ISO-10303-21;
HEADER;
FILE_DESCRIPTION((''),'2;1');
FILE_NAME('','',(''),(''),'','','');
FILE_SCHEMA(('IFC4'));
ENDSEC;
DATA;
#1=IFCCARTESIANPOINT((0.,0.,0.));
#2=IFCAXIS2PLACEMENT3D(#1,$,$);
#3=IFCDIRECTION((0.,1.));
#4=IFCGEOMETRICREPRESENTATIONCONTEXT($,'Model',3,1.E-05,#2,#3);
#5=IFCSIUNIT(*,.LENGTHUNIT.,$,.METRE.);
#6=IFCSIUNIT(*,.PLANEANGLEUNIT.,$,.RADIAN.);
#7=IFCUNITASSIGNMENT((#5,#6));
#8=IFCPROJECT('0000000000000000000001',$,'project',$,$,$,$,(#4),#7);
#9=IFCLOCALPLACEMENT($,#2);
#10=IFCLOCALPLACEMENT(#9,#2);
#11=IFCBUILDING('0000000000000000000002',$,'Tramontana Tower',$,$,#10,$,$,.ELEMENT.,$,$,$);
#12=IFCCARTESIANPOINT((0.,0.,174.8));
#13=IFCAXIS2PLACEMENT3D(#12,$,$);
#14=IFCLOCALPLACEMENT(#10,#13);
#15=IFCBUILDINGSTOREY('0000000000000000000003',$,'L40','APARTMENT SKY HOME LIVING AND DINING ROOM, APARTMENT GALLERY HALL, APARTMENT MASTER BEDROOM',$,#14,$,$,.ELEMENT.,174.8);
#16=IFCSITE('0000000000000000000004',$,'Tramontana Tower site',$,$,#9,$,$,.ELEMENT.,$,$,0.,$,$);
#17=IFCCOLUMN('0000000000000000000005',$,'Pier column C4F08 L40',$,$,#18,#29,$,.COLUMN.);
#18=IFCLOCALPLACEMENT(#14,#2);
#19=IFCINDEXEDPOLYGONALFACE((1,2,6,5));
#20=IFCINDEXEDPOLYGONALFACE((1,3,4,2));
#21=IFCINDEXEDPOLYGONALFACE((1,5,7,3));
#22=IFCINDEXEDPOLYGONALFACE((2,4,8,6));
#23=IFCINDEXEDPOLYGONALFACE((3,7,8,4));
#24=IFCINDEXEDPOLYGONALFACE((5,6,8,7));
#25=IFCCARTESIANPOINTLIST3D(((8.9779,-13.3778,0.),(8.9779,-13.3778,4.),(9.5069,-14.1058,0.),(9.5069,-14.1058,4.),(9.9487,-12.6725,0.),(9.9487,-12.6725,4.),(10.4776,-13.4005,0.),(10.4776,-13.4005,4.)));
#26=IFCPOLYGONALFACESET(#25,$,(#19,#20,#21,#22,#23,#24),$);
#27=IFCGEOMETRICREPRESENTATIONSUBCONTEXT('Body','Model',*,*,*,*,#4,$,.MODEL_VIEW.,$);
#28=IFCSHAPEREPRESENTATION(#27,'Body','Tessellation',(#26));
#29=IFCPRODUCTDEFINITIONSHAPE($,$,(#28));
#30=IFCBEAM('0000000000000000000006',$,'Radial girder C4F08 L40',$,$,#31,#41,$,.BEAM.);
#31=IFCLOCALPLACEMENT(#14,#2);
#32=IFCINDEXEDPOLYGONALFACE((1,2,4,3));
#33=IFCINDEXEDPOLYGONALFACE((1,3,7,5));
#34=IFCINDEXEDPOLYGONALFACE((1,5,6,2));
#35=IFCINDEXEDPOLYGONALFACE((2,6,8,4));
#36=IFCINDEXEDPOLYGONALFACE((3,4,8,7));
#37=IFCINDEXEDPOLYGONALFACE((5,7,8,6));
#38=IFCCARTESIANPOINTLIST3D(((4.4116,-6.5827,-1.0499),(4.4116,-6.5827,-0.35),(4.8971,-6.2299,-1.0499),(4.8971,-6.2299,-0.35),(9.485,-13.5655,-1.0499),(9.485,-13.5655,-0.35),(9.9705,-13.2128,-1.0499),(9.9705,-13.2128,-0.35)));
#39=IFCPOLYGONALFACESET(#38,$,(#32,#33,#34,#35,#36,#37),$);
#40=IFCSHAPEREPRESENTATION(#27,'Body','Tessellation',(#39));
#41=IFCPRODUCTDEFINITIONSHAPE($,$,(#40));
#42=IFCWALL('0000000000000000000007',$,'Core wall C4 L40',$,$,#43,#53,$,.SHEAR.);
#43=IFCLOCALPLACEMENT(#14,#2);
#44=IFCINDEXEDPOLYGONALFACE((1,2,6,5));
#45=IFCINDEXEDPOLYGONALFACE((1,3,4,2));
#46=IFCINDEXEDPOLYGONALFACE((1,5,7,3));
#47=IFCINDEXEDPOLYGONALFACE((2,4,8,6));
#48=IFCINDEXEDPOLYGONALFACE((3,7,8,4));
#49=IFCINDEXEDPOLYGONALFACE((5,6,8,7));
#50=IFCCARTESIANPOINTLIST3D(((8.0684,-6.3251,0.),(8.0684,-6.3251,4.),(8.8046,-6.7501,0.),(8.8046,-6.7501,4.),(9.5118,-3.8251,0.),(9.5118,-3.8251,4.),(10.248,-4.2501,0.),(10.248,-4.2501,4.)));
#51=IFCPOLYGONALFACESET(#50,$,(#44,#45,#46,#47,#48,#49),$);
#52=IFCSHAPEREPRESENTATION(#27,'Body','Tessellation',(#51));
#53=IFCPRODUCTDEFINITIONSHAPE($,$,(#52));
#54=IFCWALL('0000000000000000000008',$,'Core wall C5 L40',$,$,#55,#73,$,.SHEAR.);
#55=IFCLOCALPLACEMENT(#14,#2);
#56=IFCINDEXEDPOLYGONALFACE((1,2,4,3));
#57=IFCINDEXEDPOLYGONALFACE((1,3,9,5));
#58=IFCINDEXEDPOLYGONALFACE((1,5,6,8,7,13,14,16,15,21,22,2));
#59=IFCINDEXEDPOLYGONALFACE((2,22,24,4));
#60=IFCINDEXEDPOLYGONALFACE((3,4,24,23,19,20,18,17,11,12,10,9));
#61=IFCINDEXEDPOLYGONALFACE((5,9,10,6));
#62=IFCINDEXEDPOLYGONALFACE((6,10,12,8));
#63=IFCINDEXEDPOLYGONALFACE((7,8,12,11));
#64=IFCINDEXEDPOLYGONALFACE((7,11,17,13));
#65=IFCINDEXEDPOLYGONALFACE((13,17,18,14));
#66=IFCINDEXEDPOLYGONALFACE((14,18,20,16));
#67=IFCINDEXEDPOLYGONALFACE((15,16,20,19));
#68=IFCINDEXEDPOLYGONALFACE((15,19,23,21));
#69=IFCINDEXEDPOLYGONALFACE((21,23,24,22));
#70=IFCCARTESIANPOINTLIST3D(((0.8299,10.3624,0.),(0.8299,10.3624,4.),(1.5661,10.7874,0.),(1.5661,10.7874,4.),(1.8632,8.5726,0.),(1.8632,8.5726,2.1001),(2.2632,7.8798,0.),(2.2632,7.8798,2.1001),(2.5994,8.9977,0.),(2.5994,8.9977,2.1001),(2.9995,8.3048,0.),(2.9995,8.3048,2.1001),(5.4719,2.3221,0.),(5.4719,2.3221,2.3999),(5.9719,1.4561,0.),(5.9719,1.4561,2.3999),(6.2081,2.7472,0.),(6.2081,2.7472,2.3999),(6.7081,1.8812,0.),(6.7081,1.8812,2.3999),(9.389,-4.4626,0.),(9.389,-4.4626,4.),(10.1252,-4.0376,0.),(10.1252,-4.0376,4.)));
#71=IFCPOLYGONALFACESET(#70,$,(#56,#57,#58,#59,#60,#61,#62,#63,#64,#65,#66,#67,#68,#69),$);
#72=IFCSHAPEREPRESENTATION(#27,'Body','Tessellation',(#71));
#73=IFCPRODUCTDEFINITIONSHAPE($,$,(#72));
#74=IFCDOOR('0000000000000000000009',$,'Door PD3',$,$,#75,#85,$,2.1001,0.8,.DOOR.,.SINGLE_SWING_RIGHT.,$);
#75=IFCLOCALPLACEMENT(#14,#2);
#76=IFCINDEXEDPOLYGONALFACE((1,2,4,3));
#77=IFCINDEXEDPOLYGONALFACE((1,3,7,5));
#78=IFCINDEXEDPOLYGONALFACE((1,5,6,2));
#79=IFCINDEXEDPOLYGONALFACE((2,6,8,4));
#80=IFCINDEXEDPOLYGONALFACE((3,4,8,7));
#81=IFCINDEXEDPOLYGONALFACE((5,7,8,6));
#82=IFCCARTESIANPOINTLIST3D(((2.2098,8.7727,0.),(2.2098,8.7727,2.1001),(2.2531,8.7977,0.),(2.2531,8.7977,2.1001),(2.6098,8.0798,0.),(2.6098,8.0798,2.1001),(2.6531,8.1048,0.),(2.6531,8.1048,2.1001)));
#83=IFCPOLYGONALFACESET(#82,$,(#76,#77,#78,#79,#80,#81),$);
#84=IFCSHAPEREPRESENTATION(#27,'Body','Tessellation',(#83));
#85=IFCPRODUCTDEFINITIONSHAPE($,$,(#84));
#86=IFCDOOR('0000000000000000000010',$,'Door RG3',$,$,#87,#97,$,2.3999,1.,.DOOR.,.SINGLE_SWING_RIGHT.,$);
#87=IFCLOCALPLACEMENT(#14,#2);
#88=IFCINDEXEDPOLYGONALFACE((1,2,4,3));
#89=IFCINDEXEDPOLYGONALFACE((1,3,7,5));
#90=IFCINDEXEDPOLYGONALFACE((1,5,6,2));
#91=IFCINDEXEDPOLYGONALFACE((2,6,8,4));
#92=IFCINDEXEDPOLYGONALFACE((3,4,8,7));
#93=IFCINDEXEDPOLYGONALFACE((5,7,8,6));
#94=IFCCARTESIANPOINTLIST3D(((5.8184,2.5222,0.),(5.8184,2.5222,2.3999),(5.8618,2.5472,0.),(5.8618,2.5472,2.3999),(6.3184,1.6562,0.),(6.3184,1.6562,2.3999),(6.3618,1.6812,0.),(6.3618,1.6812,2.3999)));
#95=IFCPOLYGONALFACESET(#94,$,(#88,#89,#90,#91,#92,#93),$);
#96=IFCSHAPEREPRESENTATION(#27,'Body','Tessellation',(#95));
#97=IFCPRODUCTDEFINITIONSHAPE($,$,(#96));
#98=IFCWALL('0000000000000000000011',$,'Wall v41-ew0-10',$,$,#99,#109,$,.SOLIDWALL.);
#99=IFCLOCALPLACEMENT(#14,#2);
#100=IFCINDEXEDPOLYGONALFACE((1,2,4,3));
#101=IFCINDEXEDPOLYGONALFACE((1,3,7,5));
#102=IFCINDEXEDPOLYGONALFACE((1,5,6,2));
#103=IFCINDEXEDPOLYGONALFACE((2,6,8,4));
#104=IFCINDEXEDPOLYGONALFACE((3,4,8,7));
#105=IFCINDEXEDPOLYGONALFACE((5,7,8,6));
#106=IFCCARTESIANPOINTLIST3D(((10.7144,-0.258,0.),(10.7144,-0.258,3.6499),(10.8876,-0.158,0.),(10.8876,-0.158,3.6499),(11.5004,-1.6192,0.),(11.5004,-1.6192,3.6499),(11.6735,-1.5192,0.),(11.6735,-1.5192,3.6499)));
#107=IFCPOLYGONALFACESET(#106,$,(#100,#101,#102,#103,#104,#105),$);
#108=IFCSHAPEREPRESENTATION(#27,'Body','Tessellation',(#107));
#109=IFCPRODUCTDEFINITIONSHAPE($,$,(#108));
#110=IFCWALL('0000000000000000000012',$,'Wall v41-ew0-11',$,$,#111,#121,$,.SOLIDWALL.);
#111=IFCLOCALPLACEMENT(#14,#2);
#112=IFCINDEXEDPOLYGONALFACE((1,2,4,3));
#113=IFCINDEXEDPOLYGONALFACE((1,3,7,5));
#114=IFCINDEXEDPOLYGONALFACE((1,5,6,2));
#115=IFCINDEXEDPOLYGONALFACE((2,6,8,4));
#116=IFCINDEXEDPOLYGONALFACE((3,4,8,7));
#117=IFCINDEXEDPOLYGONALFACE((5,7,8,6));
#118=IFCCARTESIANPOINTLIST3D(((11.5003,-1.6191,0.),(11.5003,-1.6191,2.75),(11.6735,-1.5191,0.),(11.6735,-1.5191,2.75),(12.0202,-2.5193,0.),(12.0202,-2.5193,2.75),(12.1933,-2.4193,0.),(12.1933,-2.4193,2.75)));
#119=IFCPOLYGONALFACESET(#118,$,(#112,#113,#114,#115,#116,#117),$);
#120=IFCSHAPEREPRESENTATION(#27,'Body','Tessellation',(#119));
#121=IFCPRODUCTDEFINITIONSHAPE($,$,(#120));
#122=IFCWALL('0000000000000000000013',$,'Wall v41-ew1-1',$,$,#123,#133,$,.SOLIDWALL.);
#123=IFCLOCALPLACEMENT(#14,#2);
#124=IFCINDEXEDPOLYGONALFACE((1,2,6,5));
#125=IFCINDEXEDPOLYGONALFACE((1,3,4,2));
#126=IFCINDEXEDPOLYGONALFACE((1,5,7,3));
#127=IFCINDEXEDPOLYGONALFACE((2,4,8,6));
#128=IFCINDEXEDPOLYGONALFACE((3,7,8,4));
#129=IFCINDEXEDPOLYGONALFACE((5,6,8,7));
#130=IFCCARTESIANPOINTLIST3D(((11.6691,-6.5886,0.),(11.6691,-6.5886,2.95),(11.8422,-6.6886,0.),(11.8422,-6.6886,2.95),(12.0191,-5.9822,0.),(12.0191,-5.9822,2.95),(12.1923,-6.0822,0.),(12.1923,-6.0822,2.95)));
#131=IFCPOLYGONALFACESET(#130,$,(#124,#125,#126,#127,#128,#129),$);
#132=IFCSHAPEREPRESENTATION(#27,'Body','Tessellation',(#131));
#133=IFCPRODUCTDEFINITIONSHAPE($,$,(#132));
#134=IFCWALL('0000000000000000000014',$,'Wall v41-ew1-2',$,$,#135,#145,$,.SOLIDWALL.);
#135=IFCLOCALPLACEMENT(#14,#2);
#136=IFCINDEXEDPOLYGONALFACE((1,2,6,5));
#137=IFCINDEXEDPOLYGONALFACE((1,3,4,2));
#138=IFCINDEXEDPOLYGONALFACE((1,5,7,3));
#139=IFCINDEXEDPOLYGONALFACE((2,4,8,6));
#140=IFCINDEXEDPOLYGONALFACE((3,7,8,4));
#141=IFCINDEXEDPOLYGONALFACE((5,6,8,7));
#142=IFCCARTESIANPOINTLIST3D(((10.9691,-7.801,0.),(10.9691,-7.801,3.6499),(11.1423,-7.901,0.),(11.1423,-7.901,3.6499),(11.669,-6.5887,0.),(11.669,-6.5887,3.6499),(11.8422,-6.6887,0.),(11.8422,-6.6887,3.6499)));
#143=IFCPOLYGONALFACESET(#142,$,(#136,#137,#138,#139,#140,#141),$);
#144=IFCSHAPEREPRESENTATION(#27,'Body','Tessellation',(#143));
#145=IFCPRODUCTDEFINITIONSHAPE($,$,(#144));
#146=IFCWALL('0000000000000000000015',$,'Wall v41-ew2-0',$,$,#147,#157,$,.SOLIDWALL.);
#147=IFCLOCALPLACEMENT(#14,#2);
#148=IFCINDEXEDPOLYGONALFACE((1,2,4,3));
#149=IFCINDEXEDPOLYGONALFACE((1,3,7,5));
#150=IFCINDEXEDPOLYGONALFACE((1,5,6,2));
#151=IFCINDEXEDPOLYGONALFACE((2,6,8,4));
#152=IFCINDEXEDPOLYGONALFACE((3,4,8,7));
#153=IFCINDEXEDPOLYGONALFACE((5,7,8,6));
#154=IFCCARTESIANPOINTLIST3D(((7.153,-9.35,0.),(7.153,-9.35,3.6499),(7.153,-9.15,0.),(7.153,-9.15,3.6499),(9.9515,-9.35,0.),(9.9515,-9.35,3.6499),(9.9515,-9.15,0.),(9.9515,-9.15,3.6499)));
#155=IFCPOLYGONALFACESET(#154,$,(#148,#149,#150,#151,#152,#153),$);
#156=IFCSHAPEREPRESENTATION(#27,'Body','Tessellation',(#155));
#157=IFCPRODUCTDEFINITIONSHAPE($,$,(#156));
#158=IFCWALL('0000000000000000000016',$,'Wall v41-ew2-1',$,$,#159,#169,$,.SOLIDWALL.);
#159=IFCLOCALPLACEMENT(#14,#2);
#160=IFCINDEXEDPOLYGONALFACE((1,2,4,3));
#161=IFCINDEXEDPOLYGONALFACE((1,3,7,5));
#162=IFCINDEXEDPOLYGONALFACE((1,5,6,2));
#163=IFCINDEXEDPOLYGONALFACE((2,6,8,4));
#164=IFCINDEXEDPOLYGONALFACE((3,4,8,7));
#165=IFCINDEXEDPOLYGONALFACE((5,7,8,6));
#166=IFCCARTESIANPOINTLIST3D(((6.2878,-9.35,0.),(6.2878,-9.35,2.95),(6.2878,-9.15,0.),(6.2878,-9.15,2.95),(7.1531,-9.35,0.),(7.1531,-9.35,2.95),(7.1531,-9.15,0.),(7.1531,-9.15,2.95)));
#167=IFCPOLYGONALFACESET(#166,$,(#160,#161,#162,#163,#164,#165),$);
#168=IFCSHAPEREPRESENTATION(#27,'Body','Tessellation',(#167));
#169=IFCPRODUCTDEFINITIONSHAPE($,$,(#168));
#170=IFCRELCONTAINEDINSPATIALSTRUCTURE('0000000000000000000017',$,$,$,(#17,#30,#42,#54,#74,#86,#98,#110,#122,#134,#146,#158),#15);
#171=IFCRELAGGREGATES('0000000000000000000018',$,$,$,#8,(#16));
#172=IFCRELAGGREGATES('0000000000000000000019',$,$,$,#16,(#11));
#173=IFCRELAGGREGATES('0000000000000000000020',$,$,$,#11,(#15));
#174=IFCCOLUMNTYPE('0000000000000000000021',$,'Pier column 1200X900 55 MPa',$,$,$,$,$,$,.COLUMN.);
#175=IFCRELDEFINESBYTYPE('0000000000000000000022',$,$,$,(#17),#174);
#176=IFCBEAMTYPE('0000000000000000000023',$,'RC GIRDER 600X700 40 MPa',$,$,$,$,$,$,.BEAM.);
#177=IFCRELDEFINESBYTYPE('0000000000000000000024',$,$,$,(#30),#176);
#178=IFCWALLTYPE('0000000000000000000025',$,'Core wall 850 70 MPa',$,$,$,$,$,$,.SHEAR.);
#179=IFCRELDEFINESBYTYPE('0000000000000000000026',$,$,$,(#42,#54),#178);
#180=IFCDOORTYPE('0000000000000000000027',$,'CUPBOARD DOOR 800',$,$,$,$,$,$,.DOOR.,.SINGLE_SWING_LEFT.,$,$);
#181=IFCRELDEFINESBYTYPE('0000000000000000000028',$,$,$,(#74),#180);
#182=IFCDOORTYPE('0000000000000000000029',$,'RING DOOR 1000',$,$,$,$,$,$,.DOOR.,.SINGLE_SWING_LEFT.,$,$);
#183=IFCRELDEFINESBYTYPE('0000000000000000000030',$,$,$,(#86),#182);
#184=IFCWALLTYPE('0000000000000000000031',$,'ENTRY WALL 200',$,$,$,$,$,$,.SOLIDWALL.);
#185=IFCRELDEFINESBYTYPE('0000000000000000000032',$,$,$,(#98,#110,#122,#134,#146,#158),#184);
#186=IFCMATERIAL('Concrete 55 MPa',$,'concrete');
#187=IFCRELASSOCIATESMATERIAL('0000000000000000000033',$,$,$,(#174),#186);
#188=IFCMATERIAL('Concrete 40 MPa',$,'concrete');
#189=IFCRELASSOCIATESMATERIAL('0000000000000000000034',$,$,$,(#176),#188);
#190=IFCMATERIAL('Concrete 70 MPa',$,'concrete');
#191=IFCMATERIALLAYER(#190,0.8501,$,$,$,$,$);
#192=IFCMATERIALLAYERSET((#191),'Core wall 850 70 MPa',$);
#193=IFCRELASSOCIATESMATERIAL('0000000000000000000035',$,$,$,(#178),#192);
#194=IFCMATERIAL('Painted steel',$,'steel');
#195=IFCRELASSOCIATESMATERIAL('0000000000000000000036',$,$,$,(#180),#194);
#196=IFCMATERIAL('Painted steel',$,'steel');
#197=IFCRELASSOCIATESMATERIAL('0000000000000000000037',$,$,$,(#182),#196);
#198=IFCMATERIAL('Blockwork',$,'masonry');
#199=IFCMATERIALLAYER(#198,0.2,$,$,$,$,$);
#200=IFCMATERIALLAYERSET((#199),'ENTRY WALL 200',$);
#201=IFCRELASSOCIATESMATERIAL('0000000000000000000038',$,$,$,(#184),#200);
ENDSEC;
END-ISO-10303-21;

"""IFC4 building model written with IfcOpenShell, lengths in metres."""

from ifc_helpers import new_model, si_unit, direction, frame, frame_2d, origin, origin_2d, place, context, subcontext, project, spatial, rectangle, extrude, material, layer, layer_set, material_profile, profile_set, type_object, element, fill, save


model = new_model("IFC4")

# Units and contexts
model_context = context("Model", 3, precision=1e-05, world=origin(), true_north=direction((0.0, 1.0)))
body_context = subcontext(model_context, "Body", "Model", "MODEL_VIEW")
ifc_project = project(units=[si_unit("LENGTHUNIT", "METRE"), si_unit("PLANEANGLEUNIT", "RADIAN")], contexts=[model_context])

# Site, building, storey
site_placement = place(None, origin())
site = spatial("IfcSite", under=ifc_project, at=site_placement, Name="Tramontana Tower site", CompositionType="ELEMENT", RefElevation=0.0)
building_placement = place(site_placement, origin())
building = spatial("IfcBuilding", under=site, at=building_placement, Name="Tramontana Tower", CompositionType="ELEMENT")
storey_placement = place(building_placement, frame((0.0, 0.0, 174.8)))
storey = spatial("IfcBuildingStorey", under=building, at=storey_placement, Name="L40", Description="APARTMENT SKY HOME LIVING AND DINING ROOM, APARTMENT GALLERY HALL, APARTMENT MASTER BEDROOM", CompositionType="ELEMENT", Elevation=174.8)

# Column
ifc_material_1 = material(Name="Concrete 55 MPa", Category="concrete")
ifc_material_profile_1 = material_profile(ifc_material_1, rectangle(XDim=1.2, YDim=0.8999, at=origin_2d()), Name="Pier column 1200X900 55 MPa")
ifc_profile_set_1 = profile_set([ifc_material_profile_1], Name="Concrete 55 MPa")
column_type = type_object("IfcColumnType", Name="Pier column 1200X900 55 MPa", PredefinedType="COLUMN", material=ifc_profile_set_1)
column_placement = place(storey_placement, frame((9.7278, -13.3892, 0.0), z_axis=(0.0, 0.0, 1.0), x_axis=(0.809017, 0.587785, 0.0)))
element("IfcColumn", 1, at=column_placement, inside=storey, type_object=column_type, Name="Pier column C4F08 L40", PredefinedType="COLUMN", context=body_context, shape_type="SweptSolid", body=[
    extrude(rectangle(XDim=1.2, YDim=0.8999, at=origin_2d()), origin(), (0.0, 0.0, 1.0), 4.0),
])

# Beam
ifc_material_2 = material(Name="Concrete 40 MPa", Category="concrete")
ifc_material_profile_2 = material_profile(ifc_material_2, rectangle(XDim=0.6001, YDim=0.7, at=origin_2d()), Name="RC GIRDER 600X700 40 MPa")
ifc_profile_set_2 = profile_set([ifc_material_profile_2], Name="Concrete 40 MPa")
beam_type = type_object("IfcBeamType", Name="RC GIRDER 600X700 40 MPa", PredefinedType="BEAM", material=ifc_profile_set_2)
beam_placement = place(storey_placement, frame((9.7278, -13.3892, -0.7), z_axis=(-0.587793, 0.809011, 0.0), x_axis=(-0.809011, -0.587793, 0.0)))
element("IfcBeam", 2, at=beam_placement, inside=storey, type_object=beam_type, Name="Radial girder C4F08 L40", PredefinedType="BEAM", context=body_context, shape_type="SweptSolid", body=[
    extrude(rectangle(XDim=0.6001, YDim=0.7, at=origin_2d()), origin(), (0.0, 0.0, 1.0), 8.6313),
])

# Wall
ifc_material_3 = material(Name="Concrete 70 MPa", Category="concrete")
ifc_layer_1 = layer(ifc_material_3, 0.8501)
ifc_layer_set_1 = layer_set([ifc_layer_1], Name="Core wall 850 70 MPa")
wall_type_1 = type_object("IfcWallType", Name="Core wall 850 70 MPa", PredefinedType="SHEAR", material=ifc_layer_set_1)
wall_1_placement = place(storey_placement, frame((8.4365, -6.5376, 0.0), z_axis=(0.0, 0.0, 1.0), x_axis=(0.499996, 0.866028, 0.0)))
element("IfcWall", 3, at=wall_1_placement, inside=storey, type_object=wall_type_1, Name="Core wall C4 L40", PredefinedType="SHEAR", context=body_context, shape_type="SweptSolid", body=[
    extrude(rectangle(XDim=2.8867, YDim=0.8501, at=frame_2d((1.4434, 0.0))), origin(), (0.0, 0.0, 1.0), 4.0),
])

# Wall, openings, doors
wall_2_placement = place(storey_placement, frame((9.7571, -4.25, 0.0), z_axis=(0.0, 0.0, 1.0), x_axis=(-0.499995, 0.866028, 0.0)))
wall_2 = element("IfcWall", 4, at=wall_2_placement, inside=storey, type_object=wall_type_1, Name="Core wall C5 L40", PredefinedType="SHEAR", context=body_context, shape_type="SweptSolid", body=[
    extrude(rectangle(XDim=17.1184, YDim=0.8501, at=frame_2d((8.5591, 0.0))), origin(), (0.0, 0.0, 1.0), 4.0),
])
opening_1_placement = place(wall_2_placement, frame((6.8342, 0.0, 0.0)))
opening_1 = element("IfcOpeningElement", 5, at=opening_1_placement, cuts=wall_2, PredefinedType="OPENING", context=body_context, shape_type="SweptSolid", body=[
    extrude(rectangle(XDim=1.0, YDim=2.3999, at=frame_2d((0.5, 1.2))), frame((0.0, 0.4351, 0.0), z_axis=(0.0, -1.0, 0.0), x_axis=(1.0, 0.0, 0.0)), (0.0, 0.0, 1.0), 0.8701),
])
opening_2_placement = place(wall_2_placement, frame((14.2517, 0.0, 0.0)))
opening_2 = element("IfcOpeningElement", 6, at=opening_2_placement, cuts=wall_2, PredefinedType="OPENING", context=body_context, shape_type="SweptSolid", body=[
    extrude(rectangle(XDim=0.8, YDim=2.1001, at=frame_2d((0.3999, 1.05))), frame((0.0, 0.4351, 0.0), z_axis=(0.0, -1.0, 0.0), x_axis=(1.0, 0.0, 0.0)), (0.0, 0.0, 1.0), 0.8701),
])
ifc_material_4 = material(Name="Painted steel", Category="steel")
door_type_1 = type_object("IfcDoorType", Name="CUPBOARD DOOR 800", OperationType="SINGLE_SWING_LEFT", PredefinedType="DOOR", material=ifc_material_4)
door_1_placement = place(opening_2_placement, origin())
door_1 = element("IfcDoor", 7, at=door_1_placement, inside=storey, type_object=door_type_1, Name="Door PD3", OperationType="SINGLE_SWING_RIGHT", OverallHeight=2.1001, OverallWidth=0.8, PredefinedType="DOOR", context=body_context, shape_type="SweptSolid", body=[
    extrude(rectangle(XDim=0.8, YDim=2.1001, at=frame_2d((0.3999, 1.05))), frame((0.0, 0.0249, 0.0), z_axis=(0.0, -1.0, 0.0), x_axis=(1.0, 0.0, 0.0)), (0.0, 0.0, 1.0), 0.05),
])
fill(opening_2, door_1)
ifc_material_5 = material(Name="Painted steel", Category="steel")
door_type_2 = type_object("IfcDoorType", Name="RING DOOR 1000", OperationType="SINGLE_SWING_LEFT", PredefinedType="DOOR", material=ifc_material_5)
door_2_placement = place(opening_1_placement, origin())
door_2 = element("IfcDoor", 8, at=door_2_placement, inside=storey, type_object=door_type_2, Name="Door RG3", OperationType="SINGLE_SWING_RIGHT", OverallHeight=2.3999, OverallWidth=1.0, PredefinedType="DOOR", context=body_context, shape_type="SweptSolid", body=[
    extrude(rectangle(XDim=1.0, YDim=2.3999, at=frame_2d((0.5, 1.2))), frame((0.0, 0.0249, 0.0), z_axis=(0.0, -1.0, 0.0), x_axis=(1.0, 0.0, 0.0)), (0.0, 0.0, 1.0), 0.05),
])
fill(opening_1, door_2)

# Walls
ifc_material_6 = material(Name="Blockwork", Category="masonry")
ifc_layer_2 = layer(ifc_material_6, 0.2)
ifc_layer_set_2 = layer_set([ifc_layer_2], Name="ENTRY WALL 200")
wall_type_2 = type_object("IfcWallType", Name="ENTRY WALL 200", PredefinedType="SOLIDWALL", material=ifc_layer_set_2)
wall_3_placement = place(storey_placement, frame((10.801, -0.208, 0.0), z_axis=(0.0, 0.0, 1.0), x_axis=(0.500032, -0.866007, 0.0)))
element("IfcWall", 9, at=wall_3_placement, inside=storey, type_object=wall_type_2, Name="Wall v41-ew0-10", PredefinedType="SOLIDWALL", context=body_context, shape_type="SweptSolid", body=[
    extrude(rectangle(XDim=1.5718, YDim=0.2, at=frame_2d((0.7859, 0.0))), origin(), (0.0, 0.0, 1.0), 3.6499),
])
wall_4_placement = place(storey_placement, frame((11.5869, -1.5691, 0.0), z_axis=(0.0, 0.0, 1.0), x_axis=(0.500055, -0.865994, 0.0)))
element("IfcWall", 10, at=wall_4_placement, inside=storey, type_object=wall_type_2, Name="Wall v41-ew0-11", PredefinedType="SOLIDWALL", context=body_context, shape_type="SweptSolid", body=[
    extrude(rectangle(XDim=1.0396, YDim=0.2, at=frame_2d((0.5198, 0.0))), origin(), (0.0, 0.0, 1.0), 2.75),
])
wall_5_placement = place(storey_placement, frame((12.1057, -6.0322, 0.0), z_axis=(0.0, 0.0, 1.0), x_axis=(-0.499964, -0.866046, 0.0)))
element("IfcWall", 11, at=wall_5_placement, inside=storey, type_object=wall_type_2, Name="Wall v41-ew1-1", PredefinedType="SOLIDWALL", context=body_context, shape_type="SweptSolid", body=[
    extrude(rectangle(XDim=0.7002, YDim=0.2, at=frame_2d((0.3501, 0.0))), origin(), (0.0, 0.0, 1.0), 2.95),
])
wall_6_placement = place(storey_placement, frame((11.7556, -6.6387, 0.0), z_axis=(0.0, 0.0, 1.0), x_axis=(-0.499984, -0.866035, 0.0)))
element("IfcWall", 12, at=wall_6_placement, inside=storey, type_object=wall_type_2, Name="Wall v41-ew1-2", PredefinedType="SOLIDWALL", context=body_context, shape_type="SweptSolid", body=[
    extrude(rectangle(XDim=1.3999, YDim=0.2, at=frame_2d((0.7, 0.0))), origin(), (0.0, 0.0, 1.0), 3.6499),
])
wall_7_placement = place(storey_placement, frame((9.9517, -9.25, 0.0), z_axis=(0.0, 0.0, 1.0), x_axis=(-1.0, 0.0, 0.0)))
element("IfcWall", 13, at=wall_7_placement, inside=storey, type_object=wall_type_2, Name="Wall v41-ew2-0", PredefinedType="SOLIDWALL", context=body_context, shape_type="SweptSolid", body=[
    extrude(rectangle(XDim=2.7986, YDim=0.2, at=frame_2d((1.3994, 0.0))), origin(), (0.0, 0.0, 1.0), 3.6499),
])
wall_8_placement = place(storey_placement, frame((7.1531, -9.25, 0.0), z_axis=(0.0, 0.0, 1.0), x_axis=(-1.0, 0.0, 0.0)))
element("IfcWall", 14, at=wall_8_placement, inside=storey, type_object=wall_type_2, Name="Wall v41-ew2-1", PredefinedType="SOLIDWALL", context=body_context, shape_type="SweptSolid", body=[
    extrude(rectangle(XDim=0.8652, YDim=0.2, at=frame_2d((0.4326, 0.0))), origin(), (0.0, 0.0, 1.0), 2.95),
])

save(model, "model.ifc")
